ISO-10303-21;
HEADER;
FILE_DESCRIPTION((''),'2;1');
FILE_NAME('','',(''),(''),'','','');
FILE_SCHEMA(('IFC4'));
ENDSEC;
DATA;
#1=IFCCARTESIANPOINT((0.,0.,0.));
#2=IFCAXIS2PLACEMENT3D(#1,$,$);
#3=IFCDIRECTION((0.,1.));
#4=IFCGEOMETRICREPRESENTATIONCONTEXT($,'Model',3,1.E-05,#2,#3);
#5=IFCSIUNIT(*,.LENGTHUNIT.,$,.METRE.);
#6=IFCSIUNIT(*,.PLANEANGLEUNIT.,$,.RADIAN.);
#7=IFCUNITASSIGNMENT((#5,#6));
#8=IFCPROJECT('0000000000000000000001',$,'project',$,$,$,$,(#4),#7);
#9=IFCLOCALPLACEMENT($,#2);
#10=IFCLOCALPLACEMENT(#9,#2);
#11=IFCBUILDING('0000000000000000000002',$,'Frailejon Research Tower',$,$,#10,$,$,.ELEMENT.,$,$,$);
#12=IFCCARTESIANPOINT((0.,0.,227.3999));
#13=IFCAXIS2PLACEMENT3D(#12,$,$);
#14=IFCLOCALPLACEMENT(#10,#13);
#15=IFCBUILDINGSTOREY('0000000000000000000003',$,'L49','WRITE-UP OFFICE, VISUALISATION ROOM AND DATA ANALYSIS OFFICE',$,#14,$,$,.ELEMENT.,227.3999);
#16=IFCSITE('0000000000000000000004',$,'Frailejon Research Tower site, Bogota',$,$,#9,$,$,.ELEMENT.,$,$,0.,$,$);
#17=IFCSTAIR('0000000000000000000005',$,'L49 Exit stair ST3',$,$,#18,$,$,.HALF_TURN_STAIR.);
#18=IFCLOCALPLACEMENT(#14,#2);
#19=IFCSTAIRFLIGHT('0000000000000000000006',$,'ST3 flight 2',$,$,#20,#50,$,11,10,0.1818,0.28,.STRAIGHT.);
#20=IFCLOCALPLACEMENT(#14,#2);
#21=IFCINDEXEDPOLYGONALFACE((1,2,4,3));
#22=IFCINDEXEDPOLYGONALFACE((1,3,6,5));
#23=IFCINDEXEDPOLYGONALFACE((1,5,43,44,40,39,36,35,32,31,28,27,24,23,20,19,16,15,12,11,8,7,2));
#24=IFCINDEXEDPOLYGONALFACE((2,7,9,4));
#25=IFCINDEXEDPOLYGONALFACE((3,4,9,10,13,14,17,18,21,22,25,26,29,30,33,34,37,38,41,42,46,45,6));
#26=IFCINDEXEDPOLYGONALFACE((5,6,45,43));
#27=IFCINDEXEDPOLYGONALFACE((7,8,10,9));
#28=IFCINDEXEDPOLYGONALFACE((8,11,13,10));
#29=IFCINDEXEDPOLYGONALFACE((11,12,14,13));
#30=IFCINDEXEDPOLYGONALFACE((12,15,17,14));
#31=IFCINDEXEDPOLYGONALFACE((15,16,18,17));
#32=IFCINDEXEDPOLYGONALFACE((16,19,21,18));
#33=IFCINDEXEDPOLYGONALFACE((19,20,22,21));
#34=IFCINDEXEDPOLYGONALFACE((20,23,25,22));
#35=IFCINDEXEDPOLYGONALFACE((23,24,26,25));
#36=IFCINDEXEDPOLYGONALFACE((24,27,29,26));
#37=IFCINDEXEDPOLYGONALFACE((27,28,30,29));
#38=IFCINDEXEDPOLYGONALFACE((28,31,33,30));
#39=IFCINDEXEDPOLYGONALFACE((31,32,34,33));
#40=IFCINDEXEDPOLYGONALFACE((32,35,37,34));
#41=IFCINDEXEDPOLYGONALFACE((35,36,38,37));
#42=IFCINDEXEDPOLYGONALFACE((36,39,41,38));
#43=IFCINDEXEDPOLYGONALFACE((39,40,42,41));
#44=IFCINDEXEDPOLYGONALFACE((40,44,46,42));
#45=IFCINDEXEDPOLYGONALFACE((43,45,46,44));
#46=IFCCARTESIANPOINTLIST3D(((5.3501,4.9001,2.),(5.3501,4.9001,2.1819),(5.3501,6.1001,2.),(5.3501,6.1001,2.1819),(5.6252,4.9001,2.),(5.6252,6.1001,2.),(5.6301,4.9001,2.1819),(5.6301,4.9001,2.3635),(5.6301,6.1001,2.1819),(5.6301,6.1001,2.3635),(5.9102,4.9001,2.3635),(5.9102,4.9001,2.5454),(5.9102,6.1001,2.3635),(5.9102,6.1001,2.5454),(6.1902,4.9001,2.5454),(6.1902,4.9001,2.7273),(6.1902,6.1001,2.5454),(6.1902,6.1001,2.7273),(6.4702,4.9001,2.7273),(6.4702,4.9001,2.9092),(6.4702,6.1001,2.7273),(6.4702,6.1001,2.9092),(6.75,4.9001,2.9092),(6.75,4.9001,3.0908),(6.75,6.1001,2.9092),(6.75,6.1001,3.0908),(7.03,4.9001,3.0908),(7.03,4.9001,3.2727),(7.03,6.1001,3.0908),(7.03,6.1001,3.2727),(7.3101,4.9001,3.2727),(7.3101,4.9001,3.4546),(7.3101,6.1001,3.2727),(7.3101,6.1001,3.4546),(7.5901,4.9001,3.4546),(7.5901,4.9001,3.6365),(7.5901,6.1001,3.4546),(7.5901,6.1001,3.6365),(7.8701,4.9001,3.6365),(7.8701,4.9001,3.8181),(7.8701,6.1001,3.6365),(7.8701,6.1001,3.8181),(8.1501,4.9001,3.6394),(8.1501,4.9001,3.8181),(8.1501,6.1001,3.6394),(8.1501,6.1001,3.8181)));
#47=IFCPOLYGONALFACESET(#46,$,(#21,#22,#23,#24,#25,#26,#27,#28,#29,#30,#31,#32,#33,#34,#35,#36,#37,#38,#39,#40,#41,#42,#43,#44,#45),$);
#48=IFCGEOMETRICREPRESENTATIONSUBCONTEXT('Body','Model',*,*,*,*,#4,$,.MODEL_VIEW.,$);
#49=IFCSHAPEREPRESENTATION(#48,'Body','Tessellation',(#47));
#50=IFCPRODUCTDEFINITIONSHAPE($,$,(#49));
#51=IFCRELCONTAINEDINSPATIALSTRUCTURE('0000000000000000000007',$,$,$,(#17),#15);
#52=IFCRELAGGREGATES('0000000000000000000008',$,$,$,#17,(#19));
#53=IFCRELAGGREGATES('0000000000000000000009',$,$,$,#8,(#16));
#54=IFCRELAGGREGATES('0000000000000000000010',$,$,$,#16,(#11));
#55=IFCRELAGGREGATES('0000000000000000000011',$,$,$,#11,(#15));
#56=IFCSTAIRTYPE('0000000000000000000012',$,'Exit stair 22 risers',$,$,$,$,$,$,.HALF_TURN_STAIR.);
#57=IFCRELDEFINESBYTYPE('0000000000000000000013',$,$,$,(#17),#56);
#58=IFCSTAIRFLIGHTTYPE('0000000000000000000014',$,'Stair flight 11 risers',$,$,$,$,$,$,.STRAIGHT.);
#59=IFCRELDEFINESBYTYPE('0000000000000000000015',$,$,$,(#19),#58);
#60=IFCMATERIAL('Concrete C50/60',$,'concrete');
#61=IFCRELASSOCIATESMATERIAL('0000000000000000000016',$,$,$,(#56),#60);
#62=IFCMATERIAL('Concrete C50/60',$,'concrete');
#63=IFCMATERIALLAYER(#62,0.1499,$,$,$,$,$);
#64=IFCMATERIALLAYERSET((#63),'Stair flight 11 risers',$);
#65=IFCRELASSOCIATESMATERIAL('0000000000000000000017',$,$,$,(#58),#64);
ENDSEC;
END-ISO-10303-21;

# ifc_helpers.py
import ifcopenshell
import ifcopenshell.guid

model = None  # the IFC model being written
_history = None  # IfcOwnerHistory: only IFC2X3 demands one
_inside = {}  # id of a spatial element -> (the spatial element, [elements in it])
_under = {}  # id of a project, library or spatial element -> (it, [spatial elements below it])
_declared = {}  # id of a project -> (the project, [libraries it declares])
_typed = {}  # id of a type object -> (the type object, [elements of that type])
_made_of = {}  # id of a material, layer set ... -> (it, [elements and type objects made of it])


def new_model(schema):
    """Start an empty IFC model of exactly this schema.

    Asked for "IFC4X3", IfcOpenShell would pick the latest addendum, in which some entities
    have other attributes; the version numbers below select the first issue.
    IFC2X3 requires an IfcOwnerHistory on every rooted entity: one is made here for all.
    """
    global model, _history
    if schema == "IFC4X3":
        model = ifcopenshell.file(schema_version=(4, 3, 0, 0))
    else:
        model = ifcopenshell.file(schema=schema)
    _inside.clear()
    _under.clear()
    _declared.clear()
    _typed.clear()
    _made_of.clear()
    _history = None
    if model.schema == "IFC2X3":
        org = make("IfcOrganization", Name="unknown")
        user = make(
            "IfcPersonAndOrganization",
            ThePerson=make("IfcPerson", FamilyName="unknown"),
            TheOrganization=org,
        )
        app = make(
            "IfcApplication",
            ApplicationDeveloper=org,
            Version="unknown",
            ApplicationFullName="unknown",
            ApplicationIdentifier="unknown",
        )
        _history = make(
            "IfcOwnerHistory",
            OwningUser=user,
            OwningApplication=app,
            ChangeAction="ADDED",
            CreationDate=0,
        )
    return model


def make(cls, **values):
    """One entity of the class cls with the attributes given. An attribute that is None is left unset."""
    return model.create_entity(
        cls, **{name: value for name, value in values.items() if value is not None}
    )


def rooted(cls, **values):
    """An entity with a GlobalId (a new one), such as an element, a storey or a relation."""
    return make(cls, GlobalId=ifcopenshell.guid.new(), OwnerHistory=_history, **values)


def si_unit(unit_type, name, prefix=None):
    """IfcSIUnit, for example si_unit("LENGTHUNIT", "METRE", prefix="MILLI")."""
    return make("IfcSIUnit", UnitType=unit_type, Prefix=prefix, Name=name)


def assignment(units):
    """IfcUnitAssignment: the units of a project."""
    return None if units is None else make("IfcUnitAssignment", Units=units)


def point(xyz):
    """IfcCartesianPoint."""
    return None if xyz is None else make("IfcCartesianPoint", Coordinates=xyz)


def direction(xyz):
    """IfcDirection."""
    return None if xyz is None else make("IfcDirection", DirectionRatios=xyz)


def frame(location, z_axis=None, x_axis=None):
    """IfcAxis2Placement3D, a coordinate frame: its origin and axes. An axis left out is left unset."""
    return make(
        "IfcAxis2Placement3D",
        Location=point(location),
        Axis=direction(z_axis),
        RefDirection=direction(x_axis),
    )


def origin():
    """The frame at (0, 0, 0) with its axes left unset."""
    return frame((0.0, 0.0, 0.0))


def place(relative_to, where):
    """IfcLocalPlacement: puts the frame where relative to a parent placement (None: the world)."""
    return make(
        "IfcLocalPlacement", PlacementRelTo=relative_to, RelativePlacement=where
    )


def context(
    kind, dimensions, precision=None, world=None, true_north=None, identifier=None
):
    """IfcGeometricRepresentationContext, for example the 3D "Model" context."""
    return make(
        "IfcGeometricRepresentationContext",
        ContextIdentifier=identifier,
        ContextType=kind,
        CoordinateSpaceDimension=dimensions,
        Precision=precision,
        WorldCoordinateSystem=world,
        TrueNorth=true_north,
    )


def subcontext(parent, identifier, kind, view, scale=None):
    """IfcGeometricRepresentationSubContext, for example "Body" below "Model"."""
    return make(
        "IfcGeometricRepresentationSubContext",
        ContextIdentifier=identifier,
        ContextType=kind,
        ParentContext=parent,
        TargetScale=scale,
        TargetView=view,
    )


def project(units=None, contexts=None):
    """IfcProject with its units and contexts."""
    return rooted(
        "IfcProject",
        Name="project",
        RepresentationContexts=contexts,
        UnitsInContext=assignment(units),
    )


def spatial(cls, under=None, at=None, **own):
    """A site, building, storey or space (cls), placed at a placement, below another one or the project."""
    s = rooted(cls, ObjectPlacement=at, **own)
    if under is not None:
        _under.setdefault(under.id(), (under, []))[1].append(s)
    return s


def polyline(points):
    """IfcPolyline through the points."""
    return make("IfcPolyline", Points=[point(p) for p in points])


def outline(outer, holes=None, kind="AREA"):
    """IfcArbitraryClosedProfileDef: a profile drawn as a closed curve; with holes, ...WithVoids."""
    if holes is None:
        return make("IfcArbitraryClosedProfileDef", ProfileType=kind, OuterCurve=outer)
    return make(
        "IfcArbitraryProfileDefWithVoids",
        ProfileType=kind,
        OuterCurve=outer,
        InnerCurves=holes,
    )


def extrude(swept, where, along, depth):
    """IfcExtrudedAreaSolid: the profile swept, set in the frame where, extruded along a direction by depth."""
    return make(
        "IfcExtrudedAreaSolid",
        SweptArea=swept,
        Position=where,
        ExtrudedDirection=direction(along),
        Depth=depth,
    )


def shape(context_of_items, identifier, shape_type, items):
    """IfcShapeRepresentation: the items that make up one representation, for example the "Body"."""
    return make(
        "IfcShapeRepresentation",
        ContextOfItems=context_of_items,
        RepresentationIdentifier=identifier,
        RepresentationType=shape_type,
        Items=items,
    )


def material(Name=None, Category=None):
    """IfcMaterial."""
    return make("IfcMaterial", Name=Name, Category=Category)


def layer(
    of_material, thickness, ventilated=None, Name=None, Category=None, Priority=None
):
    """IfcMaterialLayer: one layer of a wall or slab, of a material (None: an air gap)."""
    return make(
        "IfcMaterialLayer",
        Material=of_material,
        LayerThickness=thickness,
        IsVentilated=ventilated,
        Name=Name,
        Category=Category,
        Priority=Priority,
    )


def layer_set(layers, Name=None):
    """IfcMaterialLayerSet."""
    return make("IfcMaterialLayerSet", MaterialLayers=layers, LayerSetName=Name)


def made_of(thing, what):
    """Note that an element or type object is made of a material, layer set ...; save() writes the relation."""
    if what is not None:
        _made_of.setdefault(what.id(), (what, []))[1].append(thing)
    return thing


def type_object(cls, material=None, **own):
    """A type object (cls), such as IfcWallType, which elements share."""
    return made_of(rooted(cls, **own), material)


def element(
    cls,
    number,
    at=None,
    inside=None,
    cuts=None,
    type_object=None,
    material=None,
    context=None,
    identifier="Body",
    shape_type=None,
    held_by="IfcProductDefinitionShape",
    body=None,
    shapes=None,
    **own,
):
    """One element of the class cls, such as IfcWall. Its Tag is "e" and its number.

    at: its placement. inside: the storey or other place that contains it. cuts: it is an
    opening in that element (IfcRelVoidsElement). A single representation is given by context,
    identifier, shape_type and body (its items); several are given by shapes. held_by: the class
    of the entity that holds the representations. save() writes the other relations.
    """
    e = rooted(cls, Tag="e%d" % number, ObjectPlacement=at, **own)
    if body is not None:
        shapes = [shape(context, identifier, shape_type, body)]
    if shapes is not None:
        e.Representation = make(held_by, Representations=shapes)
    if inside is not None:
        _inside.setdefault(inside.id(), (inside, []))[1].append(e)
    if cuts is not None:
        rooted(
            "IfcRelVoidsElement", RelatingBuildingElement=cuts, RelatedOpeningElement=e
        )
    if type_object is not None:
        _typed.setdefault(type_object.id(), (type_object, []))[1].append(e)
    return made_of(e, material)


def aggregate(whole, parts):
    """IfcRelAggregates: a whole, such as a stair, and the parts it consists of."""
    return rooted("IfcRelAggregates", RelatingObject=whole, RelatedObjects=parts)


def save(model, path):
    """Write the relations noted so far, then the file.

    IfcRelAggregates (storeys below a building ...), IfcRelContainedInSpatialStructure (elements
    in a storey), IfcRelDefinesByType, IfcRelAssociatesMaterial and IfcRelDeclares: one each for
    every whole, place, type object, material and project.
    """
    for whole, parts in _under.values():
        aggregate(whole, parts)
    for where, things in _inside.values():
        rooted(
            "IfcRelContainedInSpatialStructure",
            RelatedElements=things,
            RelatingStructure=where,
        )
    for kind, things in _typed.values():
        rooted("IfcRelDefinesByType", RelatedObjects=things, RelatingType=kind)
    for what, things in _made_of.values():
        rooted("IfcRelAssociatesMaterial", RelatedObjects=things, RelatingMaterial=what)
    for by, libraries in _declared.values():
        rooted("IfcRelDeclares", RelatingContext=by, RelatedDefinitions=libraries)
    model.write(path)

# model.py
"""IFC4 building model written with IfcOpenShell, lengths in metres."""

from ifc_helpers import new_model, si_unit, direction, frame, origin, place, context, subcontext, project, spatial, polyline, outline, extrude, material, layer, layer_set, type_object, element, aggregate, save


model = new_model("IFC4")

# Units and contexts
model_context = context("Model", 3, precision=1e-05, world=origin(), true_north=direction((0.0, 1.0)))
body_context = subcontext(model_context, "Body", "Model", "MODEL_VIEW")
ifc_project = project(units=[si_unit("LENGTHUNIT", "METRE"), si_unit("PLANEANGLEUNIT", "RADIAN")], contexts=[model_context])

# Site, building, storey
site_placement = place(None, origin())
site = spatial("IfcSite", under=ifc_project, at=site_placement, Name="Frailejon Research Tower site, Bogota", CompositionType="ELEMENT", RefElevation=0.0)
building_placement = place(site_placement, origin())
building = spatial("IfcBuilding", under=site, at=building_placement, Name="Frailejon Research Tower", CompositionType="ELEMENT")
storey_placement = place(building_placement, frame((0.0, 0.0, 227.3999)))
storey = spatial("IfcBuildingStorey", under=building, at=storey_placement, Name="L49", Description="WRITE-UP OFFICE, VISUALISATION ROOM AND DATA ANALYSIS OFFICE", CompositionType="ELEMENT", Elevation=227.3999)

# Stair
ifc_material_1 = material(Name="Concrete C50/60", Category="concrete")
stair_type = type_object("IfcStairType", Name="Exit stair 22 risers", PredefinedType="HALF_TURN_STAIR", material=ifc_material_1)
stair_1_placement = place(storey_placement, origin())
stair_1 = element("IfcStair", 1, at=stair_1_placement, inside=storey, type_object=stair_type, Name="L49 Exit stair ST3", PredefinedType="HALF_TURN_STAIR")

# Stair flight
ifc_material_2 = material(Name="Concrete C50/60", Category="concrete")
ifc_layer_1 = layer(ifc_material_2, 0.1499)
ifc_layer_set_1 = layer_set([ifc_layer_1], Name="Stair flight 11 risers")
stair_flight_type = type_object("IfcStairFlightType", Name="Stair flight 11 risers", PredefinedType="STRAIGHT", material=ifc_layer_set_1)
stair_flight_1_placement = place(storey_placement, frame((5.3501, 5.5, 2.0), z_axis=(0.0, 0.0, 1.0), x_axis=(1.0, 0.0, 0.0)))
stair_flight_1 = element("IfcStairFlight", 2, at=stair_flight_1_placement, type_object=stair_flight_type, Name="ST3 flight 2", NumberOfRisers=11, NumberOfTreads=10, PredefinedType="STRAIGHT", RiserHeight=0.1818, TreadLength=0.28, context=body_context, shape_type="SweptSolid", body=[
    extrude(outline(polyline([(0.0, 0.0), (0.0, 0.1819), (0.28, 0.1819), (0.28, 0.3635), (0.5601, 0.3635), (0.5601, 0.5454), (0.8401, 0.5454), (0.8401, 0.7273), (1.1201, 0.7273), (1.1201, 0.9092), (1.3999, 0.9092), (1.3999, 1.0908), (1.6799, 1.0908), (1.6799, 1.2727), (1.96, 1.2727), (1.96, 1.4546), (2.24, 1.4546), (2.24, 1.6365), (2.52, 1.6365), (2.52, 1.8181), (2.8, 1.8181), (2.8, 2.0), (2.8, 1.6394), (0.2751, 0.0), (0.0, 0.0)])), frame((0.0, 0.6001, 0.0), z_axis=(0.0, -1.0, 0.0), x_axis=(1.0, 0.0, 0.0)), (0.0, 0.0, 1.0), 1.2),
])
aggregate(stair_1, [stair_flight_1])

save(model, "model.ifc")
